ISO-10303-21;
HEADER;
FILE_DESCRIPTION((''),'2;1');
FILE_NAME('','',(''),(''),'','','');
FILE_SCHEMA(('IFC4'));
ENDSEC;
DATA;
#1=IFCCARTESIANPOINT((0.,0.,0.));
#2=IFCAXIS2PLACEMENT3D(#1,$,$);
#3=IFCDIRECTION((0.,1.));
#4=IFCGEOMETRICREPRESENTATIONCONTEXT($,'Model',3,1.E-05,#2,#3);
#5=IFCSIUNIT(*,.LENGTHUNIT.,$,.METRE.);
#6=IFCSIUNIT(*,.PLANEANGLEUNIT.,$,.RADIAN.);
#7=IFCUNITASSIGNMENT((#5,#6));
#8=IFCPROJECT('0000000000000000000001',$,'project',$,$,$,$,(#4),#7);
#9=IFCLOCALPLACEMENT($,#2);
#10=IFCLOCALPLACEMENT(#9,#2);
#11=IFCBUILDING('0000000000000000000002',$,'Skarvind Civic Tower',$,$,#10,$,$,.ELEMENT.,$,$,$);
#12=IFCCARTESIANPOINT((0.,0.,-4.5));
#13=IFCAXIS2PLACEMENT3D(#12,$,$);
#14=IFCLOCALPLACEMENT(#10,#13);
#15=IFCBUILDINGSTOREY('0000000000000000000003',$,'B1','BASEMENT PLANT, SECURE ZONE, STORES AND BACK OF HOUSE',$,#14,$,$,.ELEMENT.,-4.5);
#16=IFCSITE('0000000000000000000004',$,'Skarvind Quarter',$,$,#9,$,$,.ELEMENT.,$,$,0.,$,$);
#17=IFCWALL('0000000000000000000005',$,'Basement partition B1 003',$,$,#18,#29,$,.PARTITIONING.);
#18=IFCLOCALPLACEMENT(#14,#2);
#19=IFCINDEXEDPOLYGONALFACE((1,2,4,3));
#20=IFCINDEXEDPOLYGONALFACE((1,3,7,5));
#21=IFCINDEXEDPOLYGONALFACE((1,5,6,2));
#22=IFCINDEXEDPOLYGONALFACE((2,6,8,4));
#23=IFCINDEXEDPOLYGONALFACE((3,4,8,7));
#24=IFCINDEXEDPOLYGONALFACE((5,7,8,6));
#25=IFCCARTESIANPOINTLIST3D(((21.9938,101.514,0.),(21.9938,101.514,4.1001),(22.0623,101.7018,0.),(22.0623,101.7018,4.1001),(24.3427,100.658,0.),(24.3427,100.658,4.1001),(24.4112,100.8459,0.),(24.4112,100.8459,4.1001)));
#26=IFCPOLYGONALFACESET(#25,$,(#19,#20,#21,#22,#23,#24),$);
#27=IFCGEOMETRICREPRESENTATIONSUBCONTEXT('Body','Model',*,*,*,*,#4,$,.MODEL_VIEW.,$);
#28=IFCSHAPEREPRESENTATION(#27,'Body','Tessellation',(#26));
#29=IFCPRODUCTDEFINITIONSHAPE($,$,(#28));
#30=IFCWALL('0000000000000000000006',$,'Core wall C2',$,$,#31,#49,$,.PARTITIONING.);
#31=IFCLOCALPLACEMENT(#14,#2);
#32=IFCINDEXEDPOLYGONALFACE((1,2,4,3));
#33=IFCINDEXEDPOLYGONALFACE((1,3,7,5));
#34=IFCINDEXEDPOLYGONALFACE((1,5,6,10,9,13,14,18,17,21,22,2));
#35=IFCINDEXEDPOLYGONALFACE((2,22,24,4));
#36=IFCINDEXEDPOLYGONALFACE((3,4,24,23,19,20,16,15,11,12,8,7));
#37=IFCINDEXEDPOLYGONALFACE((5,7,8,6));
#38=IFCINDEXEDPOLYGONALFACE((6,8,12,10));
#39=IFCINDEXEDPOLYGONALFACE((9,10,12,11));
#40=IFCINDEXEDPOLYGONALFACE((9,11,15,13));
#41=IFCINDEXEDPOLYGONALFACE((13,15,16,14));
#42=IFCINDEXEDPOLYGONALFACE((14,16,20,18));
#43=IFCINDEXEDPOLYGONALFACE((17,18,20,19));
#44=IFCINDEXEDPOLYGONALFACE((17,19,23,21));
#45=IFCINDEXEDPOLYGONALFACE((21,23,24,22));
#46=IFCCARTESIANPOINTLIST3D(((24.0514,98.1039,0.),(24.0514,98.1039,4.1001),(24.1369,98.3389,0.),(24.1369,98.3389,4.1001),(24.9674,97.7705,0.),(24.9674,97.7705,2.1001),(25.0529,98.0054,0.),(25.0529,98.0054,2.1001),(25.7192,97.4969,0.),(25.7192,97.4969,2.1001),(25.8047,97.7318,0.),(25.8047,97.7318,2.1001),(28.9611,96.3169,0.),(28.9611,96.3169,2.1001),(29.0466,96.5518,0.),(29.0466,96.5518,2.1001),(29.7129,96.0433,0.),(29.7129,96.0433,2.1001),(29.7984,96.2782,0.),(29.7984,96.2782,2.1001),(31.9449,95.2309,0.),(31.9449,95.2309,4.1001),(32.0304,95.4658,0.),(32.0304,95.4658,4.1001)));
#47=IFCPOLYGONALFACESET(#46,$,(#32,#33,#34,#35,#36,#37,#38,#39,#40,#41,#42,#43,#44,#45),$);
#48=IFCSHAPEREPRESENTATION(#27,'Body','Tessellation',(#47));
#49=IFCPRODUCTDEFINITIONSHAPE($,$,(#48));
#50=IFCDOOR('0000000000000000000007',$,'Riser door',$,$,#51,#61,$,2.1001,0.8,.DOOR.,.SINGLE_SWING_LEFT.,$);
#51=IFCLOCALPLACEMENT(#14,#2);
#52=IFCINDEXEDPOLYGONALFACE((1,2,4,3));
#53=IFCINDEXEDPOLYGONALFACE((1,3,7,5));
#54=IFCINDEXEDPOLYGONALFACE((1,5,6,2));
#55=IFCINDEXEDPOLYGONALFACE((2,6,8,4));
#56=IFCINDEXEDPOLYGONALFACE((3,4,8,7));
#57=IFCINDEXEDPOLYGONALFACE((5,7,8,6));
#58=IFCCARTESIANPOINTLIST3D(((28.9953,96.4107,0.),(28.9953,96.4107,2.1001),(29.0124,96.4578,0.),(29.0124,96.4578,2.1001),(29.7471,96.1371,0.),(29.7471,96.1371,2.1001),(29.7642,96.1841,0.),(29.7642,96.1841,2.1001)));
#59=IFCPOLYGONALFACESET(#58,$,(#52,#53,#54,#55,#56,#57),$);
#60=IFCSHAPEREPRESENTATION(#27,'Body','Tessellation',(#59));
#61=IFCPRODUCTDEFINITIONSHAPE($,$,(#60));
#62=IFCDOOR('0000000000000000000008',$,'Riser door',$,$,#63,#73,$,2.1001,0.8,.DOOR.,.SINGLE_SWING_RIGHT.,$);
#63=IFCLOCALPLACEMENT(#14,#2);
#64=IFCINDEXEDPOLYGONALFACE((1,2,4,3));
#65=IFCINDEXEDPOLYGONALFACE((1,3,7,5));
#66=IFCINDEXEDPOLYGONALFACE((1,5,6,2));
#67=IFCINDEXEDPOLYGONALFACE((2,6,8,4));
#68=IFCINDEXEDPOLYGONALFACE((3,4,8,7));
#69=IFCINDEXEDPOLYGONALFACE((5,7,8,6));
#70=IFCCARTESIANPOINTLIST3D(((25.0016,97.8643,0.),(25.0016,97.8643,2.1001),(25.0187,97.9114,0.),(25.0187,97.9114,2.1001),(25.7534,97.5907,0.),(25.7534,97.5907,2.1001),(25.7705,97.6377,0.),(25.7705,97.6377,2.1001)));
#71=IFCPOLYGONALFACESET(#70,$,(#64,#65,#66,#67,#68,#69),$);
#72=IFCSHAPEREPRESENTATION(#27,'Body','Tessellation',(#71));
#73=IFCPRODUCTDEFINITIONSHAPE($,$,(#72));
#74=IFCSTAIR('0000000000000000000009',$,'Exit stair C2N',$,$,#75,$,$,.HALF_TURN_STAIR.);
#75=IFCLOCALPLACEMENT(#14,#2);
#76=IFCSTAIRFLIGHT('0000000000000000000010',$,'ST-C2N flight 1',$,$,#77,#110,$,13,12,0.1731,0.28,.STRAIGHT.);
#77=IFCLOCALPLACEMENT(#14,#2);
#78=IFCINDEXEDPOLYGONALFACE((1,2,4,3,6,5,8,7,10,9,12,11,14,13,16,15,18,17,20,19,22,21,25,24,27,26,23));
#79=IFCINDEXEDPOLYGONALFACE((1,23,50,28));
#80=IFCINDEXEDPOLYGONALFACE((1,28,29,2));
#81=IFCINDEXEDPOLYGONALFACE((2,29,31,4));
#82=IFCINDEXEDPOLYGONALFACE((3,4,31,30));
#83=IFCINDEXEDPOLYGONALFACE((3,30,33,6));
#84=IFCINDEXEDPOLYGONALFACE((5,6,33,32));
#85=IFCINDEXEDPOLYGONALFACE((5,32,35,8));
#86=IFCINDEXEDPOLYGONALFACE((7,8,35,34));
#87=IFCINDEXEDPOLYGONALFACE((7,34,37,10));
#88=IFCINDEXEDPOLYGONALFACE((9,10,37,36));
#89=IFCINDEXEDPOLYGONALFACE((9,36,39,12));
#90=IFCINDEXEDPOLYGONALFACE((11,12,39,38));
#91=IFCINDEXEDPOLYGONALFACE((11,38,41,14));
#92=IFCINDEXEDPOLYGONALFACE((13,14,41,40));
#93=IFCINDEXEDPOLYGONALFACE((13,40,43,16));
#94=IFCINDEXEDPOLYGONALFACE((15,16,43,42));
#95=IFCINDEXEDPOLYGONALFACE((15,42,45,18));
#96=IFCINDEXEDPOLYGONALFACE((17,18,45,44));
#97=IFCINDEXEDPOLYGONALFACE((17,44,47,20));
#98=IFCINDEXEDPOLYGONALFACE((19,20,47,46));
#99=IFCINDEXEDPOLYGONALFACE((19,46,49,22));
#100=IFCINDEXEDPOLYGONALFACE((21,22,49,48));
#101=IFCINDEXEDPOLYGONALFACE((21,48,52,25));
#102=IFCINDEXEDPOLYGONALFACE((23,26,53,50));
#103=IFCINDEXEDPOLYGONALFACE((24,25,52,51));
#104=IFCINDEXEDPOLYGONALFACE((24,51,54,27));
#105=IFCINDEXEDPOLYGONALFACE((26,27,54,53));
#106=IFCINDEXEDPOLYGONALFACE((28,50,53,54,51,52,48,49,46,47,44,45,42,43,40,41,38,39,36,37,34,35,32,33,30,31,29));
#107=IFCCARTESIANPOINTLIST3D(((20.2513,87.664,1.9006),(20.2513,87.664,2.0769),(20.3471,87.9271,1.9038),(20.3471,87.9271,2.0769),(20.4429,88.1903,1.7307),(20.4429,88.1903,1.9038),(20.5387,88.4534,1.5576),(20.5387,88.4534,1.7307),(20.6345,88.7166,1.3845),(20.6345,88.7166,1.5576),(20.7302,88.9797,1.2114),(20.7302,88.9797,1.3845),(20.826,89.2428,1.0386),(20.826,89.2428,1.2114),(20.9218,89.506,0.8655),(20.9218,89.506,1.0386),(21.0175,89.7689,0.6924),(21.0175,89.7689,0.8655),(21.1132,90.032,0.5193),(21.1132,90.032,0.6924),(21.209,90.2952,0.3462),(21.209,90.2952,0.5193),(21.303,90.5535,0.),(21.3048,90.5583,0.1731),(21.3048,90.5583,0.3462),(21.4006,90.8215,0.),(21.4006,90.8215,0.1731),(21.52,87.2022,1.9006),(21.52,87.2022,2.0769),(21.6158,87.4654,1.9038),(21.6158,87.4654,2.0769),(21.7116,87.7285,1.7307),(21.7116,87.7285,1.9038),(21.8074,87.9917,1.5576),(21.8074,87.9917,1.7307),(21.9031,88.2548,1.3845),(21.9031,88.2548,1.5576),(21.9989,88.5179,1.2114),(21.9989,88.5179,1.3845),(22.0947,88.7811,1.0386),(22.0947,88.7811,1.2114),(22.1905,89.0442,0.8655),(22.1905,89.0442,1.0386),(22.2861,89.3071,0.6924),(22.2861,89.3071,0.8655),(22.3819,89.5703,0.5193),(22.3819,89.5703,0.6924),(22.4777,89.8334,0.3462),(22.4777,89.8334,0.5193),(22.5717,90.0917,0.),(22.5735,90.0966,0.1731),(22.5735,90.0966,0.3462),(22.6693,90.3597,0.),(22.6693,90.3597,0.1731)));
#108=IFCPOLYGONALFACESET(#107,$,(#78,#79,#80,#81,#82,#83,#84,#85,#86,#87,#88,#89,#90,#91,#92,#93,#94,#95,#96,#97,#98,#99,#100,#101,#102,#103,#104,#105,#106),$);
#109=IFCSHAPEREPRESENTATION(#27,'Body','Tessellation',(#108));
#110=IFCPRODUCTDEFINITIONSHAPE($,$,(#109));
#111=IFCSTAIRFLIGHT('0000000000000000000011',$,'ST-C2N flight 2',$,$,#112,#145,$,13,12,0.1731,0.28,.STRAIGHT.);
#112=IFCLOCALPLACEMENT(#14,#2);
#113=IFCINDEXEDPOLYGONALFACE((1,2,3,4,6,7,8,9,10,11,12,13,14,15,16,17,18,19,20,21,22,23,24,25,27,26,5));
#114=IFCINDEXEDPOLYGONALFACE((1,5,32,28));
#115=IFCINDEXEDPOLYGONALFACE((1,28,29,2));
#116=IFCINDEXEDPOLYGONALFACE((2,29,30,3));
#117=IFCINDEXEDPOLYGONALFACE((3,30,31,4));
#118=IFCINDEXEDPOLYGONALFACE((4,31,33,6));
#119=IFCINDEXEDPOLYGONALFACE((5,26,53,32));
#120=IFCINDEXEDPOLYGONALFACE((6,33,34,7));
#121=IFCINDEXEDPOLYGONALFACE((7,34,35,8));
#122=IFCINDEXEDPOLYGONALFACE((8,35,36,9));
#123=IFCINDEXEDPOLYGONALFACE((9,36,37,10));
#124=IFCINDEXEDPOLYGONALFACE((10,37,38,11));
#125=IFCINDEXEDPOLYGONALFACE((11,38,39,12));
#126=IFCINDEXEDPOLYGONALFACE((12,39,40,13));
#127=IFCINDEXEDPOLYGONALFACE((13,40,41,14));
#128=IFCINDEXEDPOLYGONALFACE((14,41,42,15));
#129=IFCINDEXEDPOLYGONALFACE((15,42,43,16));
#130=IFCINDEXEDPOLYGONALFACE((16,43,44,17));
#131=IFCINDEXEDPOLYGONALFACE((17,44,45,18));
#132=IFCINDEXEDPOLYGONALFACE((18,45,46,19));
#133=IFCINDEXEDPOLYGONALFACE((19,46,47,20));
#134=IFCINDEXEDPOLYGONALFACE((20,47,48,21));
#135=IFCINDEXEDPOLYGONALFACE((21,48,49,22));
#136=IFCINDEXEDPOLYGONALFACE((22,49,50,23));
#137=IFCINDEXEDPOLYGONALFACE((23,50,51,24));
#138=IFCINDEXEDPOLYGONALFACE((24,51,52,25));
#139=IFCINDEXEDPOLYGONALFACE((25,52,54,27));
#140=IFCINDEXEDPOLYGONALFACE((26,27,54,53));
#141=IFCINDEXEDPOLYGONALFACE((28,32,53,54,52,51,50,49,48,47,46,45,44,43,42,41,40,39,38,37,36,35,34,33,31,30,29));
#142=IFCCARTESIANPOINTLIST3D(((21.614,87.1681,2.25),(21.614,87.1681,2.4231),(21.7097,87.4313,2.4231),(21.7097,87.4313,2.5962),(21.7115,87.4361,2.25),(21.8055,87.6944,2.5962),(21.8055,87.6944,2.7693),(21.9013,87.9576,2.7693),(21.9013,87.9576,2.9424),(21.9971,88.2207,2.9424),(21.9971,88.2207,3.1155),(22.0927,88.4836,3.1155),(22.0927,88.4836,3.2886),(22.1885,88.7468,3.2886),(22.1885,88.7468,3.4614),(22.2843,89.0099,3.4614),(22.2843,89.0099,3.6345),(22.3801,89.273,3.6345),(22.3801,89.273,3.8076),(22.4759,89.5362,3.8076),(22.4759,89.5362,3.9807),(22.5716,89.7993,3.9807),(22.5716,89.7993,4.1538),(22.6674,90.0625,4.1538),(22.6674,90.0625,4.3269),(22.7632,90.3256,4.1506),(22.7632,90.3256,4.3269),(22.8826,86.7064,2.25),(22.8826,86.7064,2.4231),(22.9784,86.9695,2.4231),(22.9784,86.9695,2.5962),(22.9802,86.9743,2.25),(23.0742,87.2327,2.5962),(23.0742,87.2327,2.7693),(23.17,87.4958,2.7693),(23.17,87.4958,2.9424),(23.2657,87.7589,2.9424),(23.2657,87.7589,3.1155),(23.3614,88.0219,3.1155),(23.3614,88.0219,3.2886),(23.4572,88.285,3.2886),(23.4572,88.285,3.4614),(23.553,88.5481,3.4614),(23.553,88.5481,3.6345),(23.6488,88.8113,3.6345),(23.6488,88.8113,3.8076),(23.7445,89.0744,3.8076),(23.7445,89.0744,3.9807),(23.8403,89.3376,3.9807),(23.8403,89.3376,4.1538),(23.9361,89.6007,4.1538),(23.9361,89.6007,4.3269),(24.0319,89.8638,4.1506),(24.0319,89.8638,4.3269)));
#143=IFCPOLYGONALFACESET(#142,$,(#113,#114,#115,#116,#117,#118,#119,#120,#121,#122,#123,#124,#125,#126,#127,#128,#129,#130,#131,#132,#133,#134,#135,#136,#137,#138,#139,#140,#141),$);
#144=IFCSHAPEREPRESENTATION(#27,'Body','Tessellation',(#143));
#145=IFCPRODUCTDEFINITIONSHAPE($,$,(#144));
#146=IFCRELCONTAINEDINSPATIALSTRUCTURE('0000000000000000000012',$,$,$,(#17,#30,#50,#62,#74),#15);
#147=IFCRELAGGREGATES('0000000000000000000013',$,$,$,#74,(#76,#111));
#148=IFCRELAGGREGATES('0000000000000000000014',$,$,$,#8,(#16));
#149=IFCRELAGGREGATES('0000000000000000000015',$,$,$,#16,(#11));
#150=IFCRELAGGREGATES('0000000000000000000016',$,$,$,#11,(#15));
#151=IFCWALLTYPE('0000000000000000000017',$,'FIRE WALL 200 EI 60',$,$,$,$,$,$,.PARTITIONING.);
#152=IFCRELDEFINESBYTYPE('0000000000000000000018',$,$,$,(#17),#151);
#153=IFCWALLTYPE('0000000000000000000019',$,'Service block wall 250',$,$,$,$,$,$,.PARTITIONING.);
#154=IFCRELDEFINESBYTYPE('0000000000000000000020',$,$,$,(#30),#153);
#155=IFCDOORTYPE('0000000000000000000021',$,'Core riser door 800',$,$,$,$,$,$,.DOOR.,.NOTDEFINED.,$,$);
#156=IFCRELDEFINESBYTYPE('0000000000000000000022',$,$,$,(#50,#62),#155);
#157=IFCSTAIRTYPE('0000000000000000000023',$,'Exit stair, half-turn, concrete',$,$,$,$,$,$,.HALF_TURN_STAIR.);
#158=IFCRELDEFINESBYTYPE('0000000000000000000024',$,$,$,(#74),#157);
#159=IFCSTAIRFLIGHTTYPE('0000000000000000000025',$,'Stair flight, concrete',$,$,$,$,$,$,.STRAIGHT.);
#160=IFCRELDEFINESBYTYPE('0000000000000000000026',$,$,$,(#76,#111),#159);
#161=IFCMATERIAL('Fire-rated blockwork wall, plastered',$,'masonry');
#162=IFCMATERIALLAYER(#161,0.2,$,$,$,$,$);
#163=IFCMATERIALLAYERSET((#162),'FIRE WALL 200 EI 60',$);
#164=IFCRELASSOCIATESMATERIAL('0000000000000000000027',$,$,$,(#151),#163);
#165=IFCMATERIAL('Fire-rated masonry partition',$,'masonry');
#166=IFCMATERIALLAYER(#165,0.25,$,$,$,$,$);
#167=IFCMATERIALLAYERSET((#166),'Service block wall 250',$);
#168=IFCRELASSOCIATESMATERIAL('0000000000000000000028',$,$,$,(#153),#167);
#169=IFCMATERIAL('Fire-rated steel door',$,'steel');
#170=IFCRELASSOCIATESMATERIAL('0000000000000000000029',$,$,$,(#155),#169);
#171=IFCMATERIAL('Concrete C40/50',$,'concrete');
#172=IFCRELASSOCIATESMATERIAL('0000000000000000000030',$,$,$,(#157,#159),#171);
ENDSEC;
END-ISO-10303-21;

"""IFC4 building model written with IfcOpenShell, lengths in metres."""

from ifc_helpers import new_model, si_unit, direction, frame, frame_2d, origin, place, context, subcontext, project, spatial, polyline, rectangle, outline, extrude, material, layer, layer_set, type_object, element, fill, aggregate, save


model = new_model("IFC4")

# Units and contexts
model_context = context("Model", 3, precision=1e-05, world=origin(), true_north=direction((0.0, 1.0)))
body_context = subcontext(model_context, "Body", "Model", "MODEL_VIEW")
ifc_project = project(units=[si_unit("LENGTHUNIT", "METRE"), si_unit("PLANEANGLEUNIT", "RADIAN")], contexts=[model_context])

# Site, building, storey
site_placement = place(None, origin())
site = spatial("IfcSite", under=ifc_project, at=site_placement, Name="Skarvind Quarter", CompositionType="ELEMENT", RefElevation=0.0)
building_placement = place(site_placement, origin())
building = spatial("IfcBuilding", under=site, at=building_placement, Name="Skarvind Civic Tower", CompositionType="ELEMENT")
storey_placement = place(building_placement, frame((0.0, 0.0, -4.5)))
storey = spatial("IfcBuildingStorey", under=building, at=storey_placement, Name="B1", Description="BASEMENT PLANT, SECURE ZONE, STORES AND BACK OF HOUSE", CompositionType="ELEMENT", Elevation=-4.5)

# Shared definitions
ifc_material_1 = material(Name="Fire-rated masonry partition", Category="masonry")
ifc_material_2 = material(Name="Fire-rated steel door", Category="steel")

# Wall
ifc_material_3 = material(Name="Fire-rated blockwork wall, plastered", Category="masonry")
ifc_layer_1 = layer(ifc_material_3, 0.2)
ifc_layer_set_1 = layer_set([ifc_layer_1], Name="FIRE WALL 200 EI 60")
wall_type_1 = type_object("IfcWallType", Name="FIRE WALL 200 EI 60", PredefinedType="PARTITIONING", material=ifc_layer_set_1)
wall_1_placement = place(storey_placement, frame((22.0281, 101.6079, 0.0), z_axis=(0.0, 0.0, 1.0), x_axis=(0.939559, -0.342386, 0.0)))
element("IfcWall", 1, at=wall_1_placement, inside=storey, type_object=wall_type_1, Name="Basement partition B1 003", PredefinedType="PARTITIONING", context=body_context, shape_type="SweptSolid", body=[
    extrude(rectangle(XDim=2.5, YDim=0.2, at=frame_2d((1.25, 0.0))), origin(), (0.0, 0.0, 1.0), 4.1001),
])

# Wall, openings, doors
ifc_layer_2 = layer(ifc_material_1, 0.25)
ifc_layer_set_2 = layer_set([ifc_layer_2], Name="Service block wall 250")
wall_type_2 = type_object("IfcWallType", Name="Service block wall 250", PredefinedType="PARTITIONING", material=ifc_layer_set_2)
wall_2_placement = place(storey_placement, frame((24.094, 98.2214, 0.0), z_axis=(0.0, 0.0, 1.0), x_axis=(0.939692, -0.342023, 0.0)))
wall_2 = element("IfcWall", 2, at=wall_2_placement, inside=storey, type_object=wall_type_2, Name="Core wall C2", PredefinedType="PARTITIONING", context=body_context, shape_type="SweptSolid", body=[
    extrude(rectangle(XDim=8.4001, YDim=0.25, at=frame_2d((4.2002, 0.0))), origin(), (0.0, 0.0, 1.0), 4.1001),
])
opening_1_placement = place(wall_2_placement, frame((5.2251, 0.0, 0.0)))
opening_1 = element("IfcOpeningElement", 3, at=opening_1_placement, cuts=wall_2, PredefinedType="OPENING", context=body_context, shape_type="SweptSolid", body=[
    extrude(rectangle(XDim=0.8, YDim=2.1001, at=frame_2d((0.3999, 1.05))), frame((0.0, 0.135, 0.0), z_axis=(0.0, -1.0, 0.0), x_axis=(1.0, 0.0, 0.0)), (0.0, 0.0, 1.0), 0.27),
])
opening_2_placement = place(wall_2_placement, frame((0.9751, 0.0, 0.0)))
opening_2 = element("IfcOpeningElement", 4, at=opening_2_placement, cuts=wall_2, PredefinedType="OPENING", context=body_context, shape_type="SweptSolid", body=[
    extrude(rectangle(XDim=0.8, YDim=2.1001, at=frame_2d((0.3999, 1.05))), frame((0.0, 0.135, 0.0), z_axis=(0.0, -1.0, 0.0), x_axis=(1.0, 0.0, 0.0)), (0.0, 0.0, 1.0), 0.27),
])
door_type_1 = type_object("IfcDoorType", Name="Core riser door 800", OperationType="NOTDEFINED", PredefinedType="DOOR", material=ifc_material_2)
door_1_placement = place(opening_1_placement, origin())
door_1 = element("IfcDoor", 5, at=door_1_placement, inside=storey, type_object=door_type_1, Name="Riser door", OperationType="SINGLE_SWING_LEFT", OverallHeight=2.1001, OverallWidth=0.8, PredefinedType="DOOR", context=body_context, shape_type="SweptSolid", body=[
    extrude(rectangle(XDim=0.8, YDim=2.1001, at=frame_2d((0.3999, 1.05))), frame((0.0, 0.0249, 0.0), z_axis=(0.0, -1.0, 0.0), x_axis=(1.0, 0.0, 0.0)), (0.0, 0.0, 1.0), 0.05),
])
fill(opening_1, door_1)
door_2_placement = place(opening_2_placement, origin())
door_2 = element("IfcDoor", 6, at=door_2_placement, inside=storey, type_object=door_type_1, Name="Riser door", OperationType="SINGLE_SWING_RIGHT", OverallHeight=2.1001, OverallWidth=0.8, PredefinedType="DOOR", context=body_context, shape_type="SweptSolid", body=[
    extrude(rectangle(XDim=0.8, YDim=2.1001, at=frame_2d((0.3999, 1.05))), frame((0.0, 0.0249, 0.0), z_axis=(0.0, -1.0, 0.0), x_axis=(1.0, 0.0, 0.0)), (0.0, 0.0, 1.0), 0.05),
])
fill(opening_2, door_2)

# Stair, stair flights
ifc_material_4 = material(Name="Concrete C40/50", Category="concrete")
stair_type = type_object("IfcStairType", Name="Exit stair, half-turn, concrete", PredefinedType="HALF_TURN_STAIR", material=ifc_material_4)
stair_placement = place(storey_placement, origin())
stair = element("IfcStair", 7, at=stair_placement, inside=storey, type_object=stair_type, Name="Exit stair C2N", PredefinedType="HALF_TURN_STAIR")
stair_flight_type = type_object("IfcStairFlightType", Name="Stair flight, concrete", PredefinedType="STRAIGHT", material=ifc_material_4)
stair_flight_1_placement = place(storey_placement, frame((22.0349, 90.5906, 0.0), z_axis=(0.0, 0.0, 1.0), x_axis=(-0.34202, -0.939693, 0.0)))
stair_flight_1 = element("IfcStairFlight", 8, at=stair_flight_1_placement, type_object=stair_flight_type, Name="ST-C2N flight 1", NumberOfRisers=13, NumberOfTreads=12, PredefinedType="STRAIGHT", RiserHeight=0.1731, TreadLength=0.28, context=body_context, shape_type="SweptSolid", body=[
    extrude(outline(polyline([(0.0, 0.0), (0.0, 0.1731), (0.28, 0.1731), (0.28, 0.3462), (0.5601, 0.3462), (0.5601, 0.5193), (0.8401, 0.5193), (0.8401, 0.6924), (1.1201, 0.6924), (1.1201, 0.8655), (1.3999, 0.8655), (1.3999, 1.0386), (1.6799, 1.0386), (1.6799, 1.2114), (1.96, 1.2114), (1.96, 1.3845), (2.24, 1.3845), (2.24, 1.5576), (2.52, 1.5576), (2.52, 1.7307), (2.8, 1.7307), (2.8, 1.9038), (3.0801, 1.9038), (3.0801, 2.0769), (3.3601, 2.0769), (3.3601, 2.25), (3.3601, 1.9006), (0.2852, 0.0), (0.0, 0.0)])), frame((0.0, 0.675, 0.0), z_axis=(0.0, -1.0, 0.0), x_axis=(1.0, 0.0, 0.0)), (0.0, 0.0, 1.0), 1.3501),
])
stair_flight_2_placement = place(storey_placement, frame((22.2483, 86.9373, 2.25), z_axis=(0.0, 0.0, 1.0), x_axis=(0.34202, 0.939693, 0.0)))
stair_flight_2 = element("IfcStairFlight", 9, at=stair_flight_2_placement, type_object=stair_flight_type, Name="ST-C2N flight 2", NumberOfRisers=13, NumberOfTreads=12, PredefinedType="STRAIGHT", RiserHeight=0.1731, TreadLength=0.28, context=body_context, shape_type="SweptSolid", body=[
    extrude(outline(polyline([(0.0, 0.0), (0.0, 0.1731), (0.28, 0.1731), (0.28, 0.3462), (0.5601, 0.3462), (0.5601, 0.5193), (0.8401, 0.5193), (0.8401, 0.6924), (1.1201, 0.6924), (1.1201, 0.8655), (1.3999, 0.8655), (1.3999, 1.0386), (1.6799, 1.0386), (1.6799, 1.2114), (1.96, 1.2114), (1.96, 1.3845), (2.24, 1.3845), (2.24, 1.5576), (2.52, 1.5576), (2.52, 1.7307), (2.8, 1.7307), (2.8, 1.9038), (3.0801, 1.9038), (3.0801, 2.0769), (3.3601, 2.0769), (3.3601, 2.25), (3.3601, 1.9006), (0.2852, 0.0), (0.0, 0.0)])), frame((0.0, 0.675, 0.0), z_axis=(0.0, -1.0, 0.0), x_axis=(1.0, 0.0, 0.0)), (0.0, 0.0, 1.0), 1.3501),
])
aggregate(stair, [stair_flight_1, stair_flight_2])

save(model, "model.ifc")
